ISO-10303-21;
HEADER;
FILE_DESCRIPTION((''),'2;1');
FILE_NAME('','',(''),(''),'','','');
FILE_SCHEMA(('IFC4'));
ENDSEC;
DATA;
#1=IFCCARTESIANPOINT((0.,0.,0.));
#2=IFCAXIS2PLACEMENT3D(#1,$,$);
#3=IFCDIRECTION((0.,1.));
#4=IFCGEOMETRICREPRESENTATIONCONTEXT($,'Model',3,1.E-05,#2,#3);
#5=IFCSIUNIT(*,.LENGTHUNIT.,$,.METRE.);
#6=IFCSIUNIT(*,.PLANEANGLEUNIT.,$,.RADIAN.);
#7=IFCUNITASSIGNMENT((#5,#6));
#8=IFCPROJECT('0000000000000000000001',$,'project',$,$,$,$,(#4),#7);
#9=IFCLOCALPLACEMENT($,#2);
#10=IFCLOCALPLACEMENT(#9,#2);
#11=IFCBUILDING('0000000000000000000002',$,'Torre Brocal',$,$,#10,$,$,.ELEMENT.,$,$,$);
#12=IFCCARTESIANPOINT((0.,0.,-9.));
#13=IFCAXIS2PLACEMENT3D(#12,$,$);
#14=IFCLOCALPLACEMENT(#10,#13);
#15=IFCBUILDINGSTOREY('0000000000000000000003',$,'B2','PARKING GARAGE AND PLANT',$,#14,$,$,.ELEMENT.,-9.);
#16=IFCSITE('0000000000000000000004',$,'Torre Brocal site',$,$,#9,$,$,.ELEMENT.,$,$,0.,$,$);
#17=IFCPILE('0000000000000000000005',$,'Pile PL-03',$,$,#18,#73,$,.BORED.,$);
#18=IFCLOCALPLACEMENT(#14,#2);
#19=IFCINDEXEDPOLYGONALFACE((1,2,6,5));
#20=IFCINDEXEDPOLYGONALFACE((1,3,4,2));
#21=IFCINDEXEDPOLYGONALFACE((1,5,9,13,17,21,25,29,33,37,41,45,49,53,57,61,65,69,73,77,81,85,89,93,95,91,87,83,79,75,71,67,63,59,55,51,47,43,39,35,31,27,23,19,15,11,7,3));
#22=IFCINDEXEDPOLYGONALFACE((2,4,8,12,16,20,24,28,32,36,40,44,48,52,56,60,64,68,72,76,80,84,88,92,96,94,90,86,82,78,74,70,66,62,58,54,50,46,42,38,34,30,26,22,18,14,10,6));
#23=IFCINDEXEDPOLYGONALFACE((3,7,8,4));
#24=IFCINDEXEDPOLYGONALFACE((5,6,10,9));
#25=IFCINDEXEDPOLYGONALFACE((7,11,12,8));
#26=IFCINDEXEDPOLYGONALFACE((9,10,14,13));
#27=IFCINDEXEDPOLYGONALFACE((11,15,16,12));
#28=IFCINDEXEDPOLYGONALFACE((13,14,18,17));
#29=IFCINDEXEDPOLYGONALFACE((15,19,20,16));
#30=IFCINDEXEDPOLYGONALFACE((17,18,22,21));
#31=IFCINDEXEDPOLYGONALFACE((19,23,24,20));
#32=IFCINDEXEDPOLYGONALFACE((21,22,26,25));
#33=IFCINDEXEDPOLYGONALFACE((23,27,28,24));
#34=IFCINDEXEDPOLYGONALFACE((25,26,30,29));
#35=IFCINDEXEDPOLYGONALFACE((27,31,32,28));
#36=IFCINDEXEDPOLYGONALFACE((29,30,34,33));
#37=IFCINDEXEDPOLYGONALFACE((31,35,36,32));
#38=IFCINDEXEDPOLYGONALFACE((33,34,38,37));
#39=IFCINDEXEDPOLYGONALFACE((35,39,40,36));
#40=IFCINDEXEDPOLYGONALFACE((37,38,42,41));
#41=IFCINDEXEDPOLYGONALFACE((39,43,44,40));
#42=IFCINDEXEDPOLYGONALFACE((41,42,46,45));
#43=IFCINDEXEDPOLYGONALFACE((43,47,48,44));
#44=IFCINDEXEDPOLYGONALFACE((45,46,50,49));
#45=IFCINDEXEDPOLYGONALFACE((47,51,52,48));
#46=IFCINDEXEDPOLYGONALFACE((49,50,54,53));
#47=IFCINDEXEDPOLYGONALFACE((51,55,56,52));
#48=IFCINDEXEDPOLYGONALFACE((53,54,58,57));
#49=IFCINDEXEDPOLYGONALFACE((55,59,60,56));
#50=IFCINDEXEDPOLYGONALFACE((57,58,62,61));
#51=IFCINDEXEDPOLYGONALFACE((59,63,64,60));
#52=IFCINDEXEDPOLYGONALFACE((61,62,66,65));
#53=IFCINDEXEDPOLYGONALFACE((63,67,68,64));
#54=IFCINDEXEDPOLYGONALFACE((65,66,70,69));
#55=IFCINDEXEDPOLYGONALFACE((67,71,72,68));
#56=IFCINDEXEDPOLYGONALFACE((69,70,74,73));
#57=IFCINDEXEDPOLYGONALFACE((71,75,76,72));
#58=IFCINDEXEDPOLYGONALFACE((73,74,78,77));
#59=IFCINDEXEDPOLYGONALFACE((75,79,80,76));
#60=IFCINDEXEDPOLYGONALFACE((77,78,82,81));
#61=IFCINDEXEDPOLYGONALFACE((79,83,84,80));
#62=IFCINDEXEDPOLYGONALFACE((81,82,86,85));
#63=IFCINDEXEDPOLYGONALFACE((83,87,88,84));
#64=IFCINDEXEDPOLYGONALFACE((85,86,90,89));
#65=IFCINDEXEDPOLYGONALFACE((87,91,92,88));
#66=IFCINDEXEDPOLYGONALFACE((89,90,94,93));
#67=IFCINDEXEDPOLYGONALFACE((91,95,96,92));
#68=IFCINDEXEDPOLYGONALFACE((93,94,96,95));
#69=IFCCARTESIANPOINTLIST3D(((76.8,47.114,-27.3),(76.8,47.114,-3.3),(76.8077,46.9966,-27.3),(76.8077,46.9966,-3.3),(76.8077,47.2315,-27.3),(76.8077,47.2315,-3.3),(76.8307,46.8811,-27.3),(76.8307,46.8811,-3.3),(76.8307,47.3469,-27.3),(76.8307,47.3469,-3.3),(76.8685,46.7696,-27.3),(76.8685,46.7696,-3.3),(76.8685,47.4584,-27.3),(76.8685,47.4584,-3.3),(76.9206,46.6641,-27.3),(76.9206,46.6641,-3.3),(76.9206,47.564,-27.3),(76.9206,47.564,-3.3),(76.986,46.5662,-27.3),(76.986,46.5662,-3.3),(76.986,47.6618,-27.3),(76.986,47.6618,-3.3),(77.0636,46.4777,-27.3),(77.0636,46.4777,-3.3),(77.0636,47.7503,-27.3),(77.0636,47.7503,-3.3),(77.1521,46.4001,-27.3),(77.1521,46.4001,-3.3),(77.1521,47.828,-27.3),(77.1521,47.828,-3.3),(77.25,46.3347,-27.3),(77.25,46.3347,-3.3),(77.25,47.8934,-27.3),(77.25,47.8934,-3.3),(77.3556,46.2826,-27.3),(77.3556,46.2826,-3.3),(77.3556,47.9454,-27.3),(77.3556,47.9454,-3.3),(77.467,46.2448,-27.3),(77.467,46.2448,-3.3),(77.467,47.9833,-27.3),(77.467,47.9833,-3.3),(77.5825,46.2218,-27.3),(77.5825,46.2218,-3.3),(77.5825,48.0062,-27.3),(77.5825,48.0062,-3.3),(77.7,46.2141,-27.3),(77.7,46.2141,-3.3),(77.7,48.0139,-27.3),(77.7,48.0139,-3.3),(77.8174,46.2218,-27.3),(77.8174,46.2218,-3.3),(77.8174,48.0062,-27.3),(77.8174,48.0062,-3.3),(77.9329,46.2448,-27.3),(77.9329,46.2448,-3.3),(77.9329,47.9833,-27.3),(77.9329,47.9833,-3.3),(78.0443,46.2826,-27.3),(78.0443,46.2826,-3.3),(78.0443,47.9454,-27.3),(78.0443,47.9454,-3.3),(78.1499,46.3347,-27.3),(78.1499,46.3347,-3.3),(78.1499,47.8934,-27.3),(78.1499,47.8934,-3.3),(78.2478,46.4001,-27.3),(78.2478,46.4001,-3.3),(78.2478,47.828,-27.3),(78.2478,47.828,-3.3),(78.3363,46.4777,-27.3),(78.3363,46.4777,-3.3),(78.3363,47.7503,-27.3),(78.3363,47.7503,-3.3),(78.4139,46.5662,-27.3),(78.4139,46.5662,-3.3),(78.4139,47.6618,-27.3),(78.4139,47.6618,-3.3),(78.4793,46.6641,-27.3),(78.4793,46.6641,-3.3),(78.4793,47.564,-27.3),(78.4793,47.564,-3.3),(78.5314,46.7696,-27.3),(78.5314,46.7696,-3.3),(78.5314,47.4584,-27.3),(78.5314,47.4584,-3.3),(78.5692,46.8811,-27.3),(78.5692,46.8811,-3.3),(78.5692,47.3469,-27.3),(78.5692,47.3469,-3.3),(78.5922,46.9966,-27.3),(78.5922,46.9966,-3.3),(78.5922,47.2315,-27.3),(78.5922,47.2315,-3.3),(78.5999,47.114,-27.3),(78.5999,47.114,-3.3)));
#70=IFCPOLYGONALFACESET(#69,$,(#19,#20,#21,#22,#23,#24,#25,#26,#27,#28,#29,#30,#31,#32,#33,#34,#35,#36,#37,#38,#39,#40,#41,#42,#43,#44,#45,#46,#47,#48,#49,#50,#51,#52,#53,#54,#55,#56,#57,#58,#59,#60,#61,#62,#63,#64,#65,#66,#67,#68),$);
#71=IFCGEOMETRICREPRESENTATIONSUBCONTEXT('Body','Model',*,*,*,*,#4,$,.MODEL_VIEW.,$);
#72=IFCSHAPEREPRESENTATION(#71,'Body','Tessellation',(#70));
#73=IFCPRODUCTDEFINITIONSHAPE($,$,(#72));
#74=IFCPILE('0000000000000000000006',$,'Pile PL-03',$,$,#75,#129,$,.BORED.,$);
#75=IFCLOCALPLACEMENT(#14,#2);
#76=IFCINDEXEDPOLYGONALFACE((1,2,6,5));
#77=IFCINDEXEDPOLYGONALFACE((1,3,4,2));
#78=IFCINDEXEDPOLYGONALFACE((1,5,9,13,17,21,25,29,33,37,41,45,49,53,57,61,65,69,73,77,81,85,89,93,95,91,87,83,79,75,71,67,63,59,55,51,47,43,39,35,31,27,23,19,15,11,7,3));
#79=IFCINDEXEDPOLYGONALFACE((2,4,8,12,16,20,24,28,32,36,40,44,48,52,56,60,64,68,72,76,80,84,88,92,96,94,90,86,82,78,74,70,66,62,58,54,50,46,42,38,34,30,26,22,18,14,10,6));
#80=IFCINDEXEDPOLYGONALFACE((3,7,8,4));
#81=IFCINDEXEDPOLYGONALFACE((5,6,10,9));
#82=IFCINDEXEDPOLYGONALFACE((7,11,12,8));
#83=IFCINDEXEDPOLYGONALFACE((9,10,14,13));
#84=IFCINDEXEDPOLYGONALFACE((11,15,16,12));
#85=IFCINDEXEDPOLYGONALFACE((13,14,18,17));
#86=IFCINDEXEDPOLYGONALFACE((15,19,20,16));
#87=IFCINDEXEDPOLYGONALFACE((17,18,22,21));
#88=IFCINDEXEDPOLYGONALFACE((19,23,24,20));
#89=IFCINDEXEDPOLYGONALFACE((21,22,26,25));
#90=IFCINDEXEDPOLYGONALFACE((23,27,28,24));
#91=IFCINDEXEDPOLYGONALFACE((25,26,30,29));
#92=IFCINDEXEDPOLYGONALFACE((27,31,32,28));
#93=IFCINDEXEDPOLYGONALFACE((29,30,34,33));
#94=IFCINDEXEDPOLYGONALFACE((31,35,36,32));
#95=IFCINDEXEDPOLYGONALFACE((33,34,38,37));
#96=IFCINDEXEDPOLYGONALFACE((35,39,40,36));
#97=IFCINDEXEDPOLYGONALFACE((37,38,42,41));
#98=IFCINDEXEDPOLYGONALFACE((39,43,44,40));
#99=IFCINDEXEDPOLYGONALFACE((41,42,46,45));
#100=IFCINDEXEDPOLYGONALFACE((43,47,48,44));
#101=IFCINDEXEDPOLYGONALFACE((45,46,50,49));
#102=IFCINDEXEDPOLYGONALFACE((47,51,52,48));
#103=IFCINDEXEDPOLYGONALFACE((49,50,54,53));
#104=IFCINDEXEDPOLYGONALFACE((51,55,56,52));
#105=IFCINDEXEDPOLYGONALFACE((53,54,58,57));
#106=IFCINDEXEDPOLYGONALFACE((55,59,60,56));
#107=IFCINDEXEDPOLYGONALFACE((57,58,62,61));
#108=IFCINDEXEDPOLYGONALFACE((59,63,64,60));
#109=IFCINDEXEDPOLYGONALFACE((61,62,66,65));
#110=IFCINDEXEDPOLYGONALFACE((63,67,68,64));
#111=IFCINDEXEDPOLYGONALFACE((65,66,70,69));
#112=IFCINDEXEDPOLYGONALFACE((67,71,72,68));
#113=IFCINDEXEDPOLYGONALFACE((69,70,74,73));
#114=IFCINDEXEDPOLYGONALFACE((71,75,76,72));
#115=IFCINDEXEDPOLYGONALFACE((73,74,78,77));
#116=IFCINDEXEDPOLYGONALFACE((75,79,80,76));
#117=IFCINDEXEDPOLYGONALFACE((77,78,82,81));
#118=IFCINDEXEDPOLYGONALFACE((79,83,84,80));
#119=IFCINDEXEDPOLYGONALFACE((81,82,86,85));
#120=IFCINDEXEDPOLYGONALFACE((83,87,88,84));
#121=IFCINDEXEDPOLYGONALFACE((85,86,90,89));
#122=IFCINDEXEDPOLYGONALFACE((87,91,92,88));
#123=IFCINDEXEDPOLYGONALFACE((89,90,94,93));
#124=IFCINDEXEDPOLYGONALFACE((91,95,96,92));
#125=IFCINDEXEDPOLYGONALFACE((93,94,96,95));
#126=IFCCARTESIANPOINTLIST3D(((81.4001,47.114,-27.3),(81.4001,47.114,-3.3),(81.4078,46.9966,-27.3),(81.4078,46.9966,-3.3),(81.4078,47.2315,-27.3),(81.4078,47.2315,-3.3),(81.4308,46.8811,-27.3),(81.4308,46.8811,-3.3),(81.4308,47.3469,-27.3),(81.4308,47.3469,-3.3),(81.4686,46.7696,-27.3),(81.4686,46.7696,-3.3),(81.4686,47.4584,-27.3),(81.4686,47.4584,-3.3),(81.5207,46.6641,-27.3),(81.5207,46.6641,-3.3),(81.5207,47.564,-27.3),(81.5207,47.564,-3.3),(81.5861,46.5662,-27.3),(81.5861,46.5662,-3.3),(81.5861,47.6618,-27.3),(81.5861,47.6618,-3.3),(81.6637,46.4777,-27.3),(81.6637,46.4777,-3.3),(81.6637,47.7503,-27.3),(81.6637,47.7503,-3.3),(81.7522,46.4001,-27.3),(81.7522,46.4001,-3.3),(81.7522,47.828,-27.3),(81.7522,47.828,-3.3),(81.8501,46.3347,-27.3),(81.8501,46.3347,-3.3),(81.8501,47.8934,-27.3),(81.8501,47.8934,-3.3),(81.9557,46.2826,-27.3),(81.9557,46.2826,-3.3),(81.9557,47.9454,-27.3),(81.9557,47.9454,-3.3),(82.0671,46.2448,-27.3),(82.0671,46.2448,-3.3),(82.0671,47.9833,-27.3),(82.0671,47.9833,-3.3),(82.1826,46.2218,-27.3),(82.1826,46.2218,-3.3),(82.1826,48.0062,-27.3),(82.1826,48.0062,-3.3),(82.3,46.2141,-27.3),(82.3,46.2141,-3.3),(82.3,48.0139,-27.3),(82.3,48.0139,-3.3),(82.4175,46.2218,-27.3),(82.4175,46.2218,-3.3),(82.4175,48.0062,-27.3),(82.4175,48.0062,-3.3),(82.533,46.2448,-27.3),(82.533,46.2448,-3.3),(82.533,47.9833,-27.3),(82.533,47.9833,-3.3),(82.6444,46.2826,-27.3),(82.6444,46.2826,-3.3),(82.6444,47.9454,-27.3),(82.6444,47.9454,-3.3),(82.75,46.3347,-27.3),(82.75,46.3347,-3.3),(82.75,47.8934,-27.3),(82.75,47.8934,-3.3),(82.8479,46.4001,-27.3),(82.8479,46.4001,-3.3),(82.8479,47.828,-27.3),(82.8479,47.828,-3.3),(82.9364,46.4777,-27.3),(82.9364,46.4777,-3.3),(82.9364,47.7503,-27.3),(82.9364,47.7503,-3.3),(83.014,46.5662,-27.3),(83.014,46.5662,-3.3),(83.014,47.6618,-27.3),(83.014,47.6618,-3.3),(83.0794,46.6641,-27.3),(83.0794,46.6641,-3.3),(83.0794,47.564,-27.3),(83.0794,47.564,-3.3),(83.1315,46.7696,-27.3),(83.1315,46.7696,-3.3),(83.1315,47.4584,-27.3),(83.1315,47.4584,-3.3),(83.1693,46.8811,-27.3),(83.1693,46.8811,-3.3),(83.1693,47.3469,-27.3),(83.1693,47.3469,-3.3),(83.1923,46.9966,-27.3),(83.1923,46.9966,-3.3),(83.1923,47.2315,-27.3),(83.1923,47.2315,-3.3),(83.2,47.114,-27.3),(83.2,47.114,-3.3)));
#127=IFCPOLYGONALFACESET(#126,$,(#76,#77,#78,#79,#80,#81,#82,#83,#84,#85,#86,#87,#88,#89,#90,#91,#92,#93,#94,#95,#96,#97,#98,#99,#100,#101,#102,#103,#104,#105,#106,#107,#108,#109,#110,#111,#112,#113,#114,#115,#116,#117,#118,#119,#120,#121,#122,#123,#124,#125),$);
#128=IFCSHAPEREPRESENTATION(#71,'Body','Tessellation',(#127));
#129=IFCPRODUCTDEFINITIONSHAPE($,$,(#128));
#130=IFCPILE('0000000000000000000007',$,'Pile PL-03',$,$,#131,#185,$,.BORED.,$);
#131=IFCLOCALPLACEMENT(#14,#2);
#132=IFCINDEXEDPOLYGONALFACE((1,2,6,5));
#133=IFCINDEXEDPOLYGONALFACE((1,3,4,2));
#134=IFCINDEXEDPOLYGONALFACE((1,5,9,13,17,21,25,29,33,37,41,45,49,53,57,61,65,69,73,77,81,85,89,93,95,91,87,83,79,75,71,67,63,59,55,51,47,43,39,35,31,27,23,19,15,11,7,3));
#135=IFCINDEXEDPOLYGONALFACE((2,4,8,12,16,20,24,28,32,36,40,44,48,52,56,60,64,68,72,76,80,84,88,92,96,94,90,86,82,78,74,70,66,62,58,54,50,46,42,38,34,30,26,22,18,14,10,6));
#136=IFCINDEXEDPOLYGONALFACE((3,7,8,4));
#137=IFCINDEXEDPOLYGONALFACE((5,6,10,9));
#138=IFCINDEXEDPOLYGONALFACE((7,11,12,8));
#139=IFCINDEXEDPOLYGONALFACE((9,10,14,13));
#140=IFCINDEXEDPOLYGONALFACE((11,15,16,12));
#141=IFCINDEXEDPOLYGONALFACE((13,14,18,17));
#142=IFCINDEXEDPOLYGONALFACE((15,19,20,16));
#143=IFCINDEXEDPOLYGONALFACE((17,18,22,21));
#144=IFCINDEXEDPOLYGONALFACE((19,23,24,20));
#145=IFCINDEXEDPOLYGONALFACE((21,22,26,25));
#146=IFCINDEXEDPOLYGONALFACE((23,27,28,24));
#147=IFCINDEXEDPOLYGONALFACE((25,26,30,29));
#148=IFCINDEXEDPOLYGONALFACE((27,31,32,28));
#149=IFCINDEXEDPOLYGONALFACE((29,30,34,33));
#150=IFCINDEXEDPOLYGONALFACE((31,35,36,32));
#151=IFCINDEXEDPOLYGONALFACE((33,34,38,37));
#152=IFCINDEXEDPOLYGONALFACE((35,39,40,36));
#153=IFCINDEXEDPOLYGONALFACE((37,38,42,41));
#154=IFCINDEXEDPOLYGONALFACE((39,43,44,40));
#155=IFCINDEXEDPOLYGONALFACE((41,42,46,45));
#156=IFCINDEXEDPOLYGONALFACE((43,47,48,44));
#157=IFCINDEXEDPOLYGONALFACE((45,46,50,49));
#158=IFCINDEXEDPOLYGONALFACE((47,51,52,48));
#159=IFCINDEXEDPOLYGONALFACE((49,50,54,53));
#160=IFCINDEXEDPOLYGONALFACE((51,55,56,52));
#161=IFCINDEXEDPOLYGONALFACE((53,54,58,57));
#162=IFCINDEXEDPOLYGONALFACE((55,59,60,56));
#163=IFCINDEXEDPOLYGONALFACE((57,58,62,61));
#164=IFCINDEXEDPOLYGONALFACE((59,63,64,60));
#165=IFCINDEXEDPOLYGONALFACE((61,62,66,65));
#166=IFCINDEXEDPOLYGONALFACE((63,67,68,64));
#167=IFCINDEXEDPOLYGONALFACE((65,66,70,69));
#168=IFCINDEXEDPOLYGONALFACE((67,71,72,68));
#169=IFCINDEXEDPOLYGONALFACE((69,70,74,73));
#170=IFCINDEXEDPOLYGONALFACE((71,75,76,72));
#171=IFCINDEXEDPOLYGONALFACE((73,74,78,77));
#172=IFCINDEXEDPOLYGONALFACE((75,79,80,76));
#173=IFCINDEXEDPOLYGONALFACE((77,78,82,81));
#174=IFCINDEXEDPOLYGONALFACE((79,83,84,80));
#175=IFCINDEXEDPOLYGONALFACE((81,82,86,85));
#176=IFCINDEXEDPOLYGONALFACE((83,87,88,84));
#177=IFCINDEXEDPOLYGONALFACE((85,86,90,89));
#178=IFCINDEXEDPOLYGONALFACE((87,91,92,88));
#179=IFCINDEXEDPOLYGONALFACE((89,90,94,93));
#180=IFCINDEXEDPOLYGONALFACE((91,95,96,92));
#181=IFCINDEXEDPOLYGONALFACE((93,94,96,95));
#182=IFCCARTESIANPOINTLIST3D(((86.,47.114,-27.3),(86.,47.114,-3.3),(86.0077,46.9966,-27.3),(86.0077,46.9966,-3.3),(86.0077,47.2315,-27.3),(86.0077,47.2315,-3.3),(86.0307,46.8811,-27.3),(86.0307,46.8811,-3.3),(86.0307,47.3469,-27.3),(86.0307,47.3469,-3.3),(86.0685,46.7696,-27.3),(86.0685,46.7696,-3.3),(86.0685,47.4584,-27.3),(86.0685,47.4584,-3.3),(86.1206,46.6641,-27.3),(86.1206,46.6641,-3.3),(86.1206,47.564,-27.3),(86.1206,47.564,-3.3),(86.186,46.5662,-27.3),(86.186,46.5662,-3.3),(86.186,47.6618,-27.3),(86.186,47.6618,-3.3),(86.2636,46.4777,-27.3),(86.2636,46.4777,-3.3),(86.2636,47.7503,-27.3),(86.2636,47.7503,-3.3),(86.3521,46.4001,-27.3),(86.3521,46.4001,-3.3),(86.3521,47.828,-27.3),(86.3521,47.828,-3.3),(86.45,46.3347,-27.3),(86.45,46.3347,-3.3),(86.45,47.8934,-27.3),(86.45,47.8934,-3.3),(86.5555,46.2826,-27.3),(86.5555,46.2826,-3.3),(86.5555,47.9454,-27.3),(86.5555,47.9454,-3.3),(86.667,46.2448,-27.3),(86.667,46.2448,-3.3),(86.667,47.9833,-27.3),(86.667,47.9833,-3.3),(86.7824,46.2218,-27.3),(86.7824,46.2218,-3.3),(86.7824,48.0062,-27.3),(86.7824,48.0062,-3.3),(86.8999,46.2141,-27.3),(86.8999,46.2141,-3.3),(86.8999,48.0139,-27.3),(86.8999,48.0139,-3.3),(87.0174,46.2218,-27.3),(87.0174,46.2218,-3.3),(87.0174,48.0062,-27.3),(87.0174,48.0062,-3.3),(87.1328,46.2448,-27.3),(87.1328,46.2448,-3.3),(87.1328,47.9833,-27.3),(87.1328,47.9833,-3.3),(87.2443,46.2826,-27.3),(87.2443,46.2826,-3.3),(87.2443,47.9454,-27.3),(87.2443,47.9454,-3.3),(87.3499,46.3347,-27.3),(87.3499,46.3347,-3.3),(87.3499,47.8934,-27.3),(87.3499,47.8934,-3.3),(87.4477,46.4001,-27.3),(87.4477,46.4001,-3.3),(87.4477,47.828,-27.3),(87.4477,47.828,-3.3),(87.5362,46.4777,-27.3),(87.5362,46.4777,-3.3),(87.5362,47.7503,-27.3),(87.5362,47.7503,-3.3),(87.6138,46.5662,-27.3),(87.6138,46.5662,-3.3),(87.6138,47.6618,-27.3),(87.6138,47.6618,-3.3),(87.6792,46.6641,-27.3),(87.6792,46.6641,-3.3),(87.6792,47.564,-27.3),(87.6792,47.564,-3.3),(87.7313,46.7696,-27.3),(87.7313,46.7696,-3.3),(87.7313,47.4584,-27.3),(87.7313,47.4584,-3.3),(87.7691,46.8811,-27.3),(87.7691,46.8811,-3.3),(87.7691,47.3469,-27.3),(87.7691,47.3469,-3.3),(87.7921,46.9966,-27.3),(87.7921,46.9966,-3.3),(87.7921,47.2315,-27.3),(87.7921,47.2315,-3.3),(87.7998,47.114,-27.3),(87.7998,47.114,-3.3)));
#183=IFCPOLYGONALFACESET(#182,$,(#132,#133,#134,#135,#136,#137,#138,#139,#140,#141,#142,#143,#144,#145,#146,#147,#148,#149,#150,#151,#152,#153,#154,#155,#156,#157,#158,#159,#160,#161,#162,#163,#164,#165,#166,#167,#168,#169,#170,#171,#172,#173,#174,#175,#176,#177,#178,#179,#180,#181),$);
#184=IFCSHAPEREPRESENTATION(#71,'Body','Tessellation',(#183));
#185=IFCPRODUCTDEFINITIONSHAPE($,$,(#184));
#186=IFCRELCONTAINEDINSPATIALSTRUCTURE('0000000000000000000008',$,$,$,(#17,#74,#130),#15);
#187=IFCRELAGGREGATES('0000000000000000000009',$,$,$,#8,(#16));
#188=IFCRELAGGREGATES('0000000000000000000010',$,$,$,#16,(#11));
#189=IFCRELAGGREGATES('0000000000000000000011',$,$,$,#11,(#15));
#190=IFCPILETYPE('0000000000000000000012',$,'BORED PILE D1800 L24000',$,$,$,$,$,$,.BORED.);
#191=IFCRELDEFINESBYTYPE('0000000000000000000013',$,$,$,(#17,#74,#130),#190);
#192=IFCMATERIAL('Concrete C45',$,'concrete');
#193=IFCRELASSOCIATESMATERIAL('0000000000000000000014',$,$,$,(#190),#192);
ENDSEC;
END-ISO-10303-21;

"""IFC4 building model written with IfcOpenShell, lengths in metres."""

from ifc_helpers import new_model, si_unit, direction, frame, origin, origin_2d, place, context, subcontext, project, spatial, circle, extrude, material, material_profile, profile_set, type_object, element, save


model = new_model("IFC4")

# Units and contexts
model_context = context("Model", 3, precision=1e-05, world=origin(), true_north=direction((0.0, 1.0)))
body_context = subcontext(model_context, "Body", "Model", "MODEL_VIEW")
ifc_project = project(units=[si_unit("LENGTHUNIT", "METRE"), si_unit("PLANEANGLEUNIT", "RADIAN")], contexts=[model_context])

# Site, building, storey
site_placement = place(None, origin())
site = spatial("IfcSite", under=ifc_project, at=site_placement, Name="Torre Brocal site", CompositionType="ELEMENT", RefElevation=0.0)
building_placement = place(site_placement, origin())
building = spatial("IfcBuilding", under=site, at=building_placement, Name="Torre Brocal", CompositionType="ELEMENT")
storey_placement = place(building_placement, frame((0.0, 0.0, -9.0)))
storey = spatial("IfcBuildingStorey", under=building, at=storey_placement, Name="B2", Description="PARKING GARAGE AND PLANT", CompositionType="ELEMENT", Elevation=-9.0)

# Piles
ifc_material_1 = material(Name="Concrete C45", Category="concrete")
ifc_material_profile_1 = material_profile(ifc_material_1, circle(Radius=0.8999, at=origin_2d()), Name="BORED PILE D1800")
ifc_profile_set_1 = profile_set([ifc_material_profile_1], Name="Concrete C45")
pile_type_1 = type_object("IfcPileType", Name="BORED PILE D1800 L24000", PredefinedType="BORED", material=ifc_profile_set_1)
for number, where, z_axis, x_axis, name in (
    (1, (77.7, 47.114, -3.3), (0.0, 0.0, -1.0), (1.0, 0.0, 0.0), "Pile PL-03"),
    (2, (82.3, 47.114, -3.3), (0.0, 0.0, -1.0), (1.0, 0.0, 0.0), "Pile PL-03"),
    (3, (86.8999, 47.114, -3.3), (0.0, 0.0, -1.0), (1.0, 0.0, 0.0), "Pile PL-03"),
):
    element("IfcPile", number, at=place(storey_placement, frame(where, z_axis=z_axis, x_axis=x_axis)), inside=storey, type_object=pile_type_1, Name=name, PredefinedType="BORED", context=body_context, shape_type="SweptSolid", body=[
        extrude(circle(Radius=0.8999, at=origin_2d()), origin(), (0.0, 0.0, 1.0), 24.0),
    ])

save(model, "model.ifc")
